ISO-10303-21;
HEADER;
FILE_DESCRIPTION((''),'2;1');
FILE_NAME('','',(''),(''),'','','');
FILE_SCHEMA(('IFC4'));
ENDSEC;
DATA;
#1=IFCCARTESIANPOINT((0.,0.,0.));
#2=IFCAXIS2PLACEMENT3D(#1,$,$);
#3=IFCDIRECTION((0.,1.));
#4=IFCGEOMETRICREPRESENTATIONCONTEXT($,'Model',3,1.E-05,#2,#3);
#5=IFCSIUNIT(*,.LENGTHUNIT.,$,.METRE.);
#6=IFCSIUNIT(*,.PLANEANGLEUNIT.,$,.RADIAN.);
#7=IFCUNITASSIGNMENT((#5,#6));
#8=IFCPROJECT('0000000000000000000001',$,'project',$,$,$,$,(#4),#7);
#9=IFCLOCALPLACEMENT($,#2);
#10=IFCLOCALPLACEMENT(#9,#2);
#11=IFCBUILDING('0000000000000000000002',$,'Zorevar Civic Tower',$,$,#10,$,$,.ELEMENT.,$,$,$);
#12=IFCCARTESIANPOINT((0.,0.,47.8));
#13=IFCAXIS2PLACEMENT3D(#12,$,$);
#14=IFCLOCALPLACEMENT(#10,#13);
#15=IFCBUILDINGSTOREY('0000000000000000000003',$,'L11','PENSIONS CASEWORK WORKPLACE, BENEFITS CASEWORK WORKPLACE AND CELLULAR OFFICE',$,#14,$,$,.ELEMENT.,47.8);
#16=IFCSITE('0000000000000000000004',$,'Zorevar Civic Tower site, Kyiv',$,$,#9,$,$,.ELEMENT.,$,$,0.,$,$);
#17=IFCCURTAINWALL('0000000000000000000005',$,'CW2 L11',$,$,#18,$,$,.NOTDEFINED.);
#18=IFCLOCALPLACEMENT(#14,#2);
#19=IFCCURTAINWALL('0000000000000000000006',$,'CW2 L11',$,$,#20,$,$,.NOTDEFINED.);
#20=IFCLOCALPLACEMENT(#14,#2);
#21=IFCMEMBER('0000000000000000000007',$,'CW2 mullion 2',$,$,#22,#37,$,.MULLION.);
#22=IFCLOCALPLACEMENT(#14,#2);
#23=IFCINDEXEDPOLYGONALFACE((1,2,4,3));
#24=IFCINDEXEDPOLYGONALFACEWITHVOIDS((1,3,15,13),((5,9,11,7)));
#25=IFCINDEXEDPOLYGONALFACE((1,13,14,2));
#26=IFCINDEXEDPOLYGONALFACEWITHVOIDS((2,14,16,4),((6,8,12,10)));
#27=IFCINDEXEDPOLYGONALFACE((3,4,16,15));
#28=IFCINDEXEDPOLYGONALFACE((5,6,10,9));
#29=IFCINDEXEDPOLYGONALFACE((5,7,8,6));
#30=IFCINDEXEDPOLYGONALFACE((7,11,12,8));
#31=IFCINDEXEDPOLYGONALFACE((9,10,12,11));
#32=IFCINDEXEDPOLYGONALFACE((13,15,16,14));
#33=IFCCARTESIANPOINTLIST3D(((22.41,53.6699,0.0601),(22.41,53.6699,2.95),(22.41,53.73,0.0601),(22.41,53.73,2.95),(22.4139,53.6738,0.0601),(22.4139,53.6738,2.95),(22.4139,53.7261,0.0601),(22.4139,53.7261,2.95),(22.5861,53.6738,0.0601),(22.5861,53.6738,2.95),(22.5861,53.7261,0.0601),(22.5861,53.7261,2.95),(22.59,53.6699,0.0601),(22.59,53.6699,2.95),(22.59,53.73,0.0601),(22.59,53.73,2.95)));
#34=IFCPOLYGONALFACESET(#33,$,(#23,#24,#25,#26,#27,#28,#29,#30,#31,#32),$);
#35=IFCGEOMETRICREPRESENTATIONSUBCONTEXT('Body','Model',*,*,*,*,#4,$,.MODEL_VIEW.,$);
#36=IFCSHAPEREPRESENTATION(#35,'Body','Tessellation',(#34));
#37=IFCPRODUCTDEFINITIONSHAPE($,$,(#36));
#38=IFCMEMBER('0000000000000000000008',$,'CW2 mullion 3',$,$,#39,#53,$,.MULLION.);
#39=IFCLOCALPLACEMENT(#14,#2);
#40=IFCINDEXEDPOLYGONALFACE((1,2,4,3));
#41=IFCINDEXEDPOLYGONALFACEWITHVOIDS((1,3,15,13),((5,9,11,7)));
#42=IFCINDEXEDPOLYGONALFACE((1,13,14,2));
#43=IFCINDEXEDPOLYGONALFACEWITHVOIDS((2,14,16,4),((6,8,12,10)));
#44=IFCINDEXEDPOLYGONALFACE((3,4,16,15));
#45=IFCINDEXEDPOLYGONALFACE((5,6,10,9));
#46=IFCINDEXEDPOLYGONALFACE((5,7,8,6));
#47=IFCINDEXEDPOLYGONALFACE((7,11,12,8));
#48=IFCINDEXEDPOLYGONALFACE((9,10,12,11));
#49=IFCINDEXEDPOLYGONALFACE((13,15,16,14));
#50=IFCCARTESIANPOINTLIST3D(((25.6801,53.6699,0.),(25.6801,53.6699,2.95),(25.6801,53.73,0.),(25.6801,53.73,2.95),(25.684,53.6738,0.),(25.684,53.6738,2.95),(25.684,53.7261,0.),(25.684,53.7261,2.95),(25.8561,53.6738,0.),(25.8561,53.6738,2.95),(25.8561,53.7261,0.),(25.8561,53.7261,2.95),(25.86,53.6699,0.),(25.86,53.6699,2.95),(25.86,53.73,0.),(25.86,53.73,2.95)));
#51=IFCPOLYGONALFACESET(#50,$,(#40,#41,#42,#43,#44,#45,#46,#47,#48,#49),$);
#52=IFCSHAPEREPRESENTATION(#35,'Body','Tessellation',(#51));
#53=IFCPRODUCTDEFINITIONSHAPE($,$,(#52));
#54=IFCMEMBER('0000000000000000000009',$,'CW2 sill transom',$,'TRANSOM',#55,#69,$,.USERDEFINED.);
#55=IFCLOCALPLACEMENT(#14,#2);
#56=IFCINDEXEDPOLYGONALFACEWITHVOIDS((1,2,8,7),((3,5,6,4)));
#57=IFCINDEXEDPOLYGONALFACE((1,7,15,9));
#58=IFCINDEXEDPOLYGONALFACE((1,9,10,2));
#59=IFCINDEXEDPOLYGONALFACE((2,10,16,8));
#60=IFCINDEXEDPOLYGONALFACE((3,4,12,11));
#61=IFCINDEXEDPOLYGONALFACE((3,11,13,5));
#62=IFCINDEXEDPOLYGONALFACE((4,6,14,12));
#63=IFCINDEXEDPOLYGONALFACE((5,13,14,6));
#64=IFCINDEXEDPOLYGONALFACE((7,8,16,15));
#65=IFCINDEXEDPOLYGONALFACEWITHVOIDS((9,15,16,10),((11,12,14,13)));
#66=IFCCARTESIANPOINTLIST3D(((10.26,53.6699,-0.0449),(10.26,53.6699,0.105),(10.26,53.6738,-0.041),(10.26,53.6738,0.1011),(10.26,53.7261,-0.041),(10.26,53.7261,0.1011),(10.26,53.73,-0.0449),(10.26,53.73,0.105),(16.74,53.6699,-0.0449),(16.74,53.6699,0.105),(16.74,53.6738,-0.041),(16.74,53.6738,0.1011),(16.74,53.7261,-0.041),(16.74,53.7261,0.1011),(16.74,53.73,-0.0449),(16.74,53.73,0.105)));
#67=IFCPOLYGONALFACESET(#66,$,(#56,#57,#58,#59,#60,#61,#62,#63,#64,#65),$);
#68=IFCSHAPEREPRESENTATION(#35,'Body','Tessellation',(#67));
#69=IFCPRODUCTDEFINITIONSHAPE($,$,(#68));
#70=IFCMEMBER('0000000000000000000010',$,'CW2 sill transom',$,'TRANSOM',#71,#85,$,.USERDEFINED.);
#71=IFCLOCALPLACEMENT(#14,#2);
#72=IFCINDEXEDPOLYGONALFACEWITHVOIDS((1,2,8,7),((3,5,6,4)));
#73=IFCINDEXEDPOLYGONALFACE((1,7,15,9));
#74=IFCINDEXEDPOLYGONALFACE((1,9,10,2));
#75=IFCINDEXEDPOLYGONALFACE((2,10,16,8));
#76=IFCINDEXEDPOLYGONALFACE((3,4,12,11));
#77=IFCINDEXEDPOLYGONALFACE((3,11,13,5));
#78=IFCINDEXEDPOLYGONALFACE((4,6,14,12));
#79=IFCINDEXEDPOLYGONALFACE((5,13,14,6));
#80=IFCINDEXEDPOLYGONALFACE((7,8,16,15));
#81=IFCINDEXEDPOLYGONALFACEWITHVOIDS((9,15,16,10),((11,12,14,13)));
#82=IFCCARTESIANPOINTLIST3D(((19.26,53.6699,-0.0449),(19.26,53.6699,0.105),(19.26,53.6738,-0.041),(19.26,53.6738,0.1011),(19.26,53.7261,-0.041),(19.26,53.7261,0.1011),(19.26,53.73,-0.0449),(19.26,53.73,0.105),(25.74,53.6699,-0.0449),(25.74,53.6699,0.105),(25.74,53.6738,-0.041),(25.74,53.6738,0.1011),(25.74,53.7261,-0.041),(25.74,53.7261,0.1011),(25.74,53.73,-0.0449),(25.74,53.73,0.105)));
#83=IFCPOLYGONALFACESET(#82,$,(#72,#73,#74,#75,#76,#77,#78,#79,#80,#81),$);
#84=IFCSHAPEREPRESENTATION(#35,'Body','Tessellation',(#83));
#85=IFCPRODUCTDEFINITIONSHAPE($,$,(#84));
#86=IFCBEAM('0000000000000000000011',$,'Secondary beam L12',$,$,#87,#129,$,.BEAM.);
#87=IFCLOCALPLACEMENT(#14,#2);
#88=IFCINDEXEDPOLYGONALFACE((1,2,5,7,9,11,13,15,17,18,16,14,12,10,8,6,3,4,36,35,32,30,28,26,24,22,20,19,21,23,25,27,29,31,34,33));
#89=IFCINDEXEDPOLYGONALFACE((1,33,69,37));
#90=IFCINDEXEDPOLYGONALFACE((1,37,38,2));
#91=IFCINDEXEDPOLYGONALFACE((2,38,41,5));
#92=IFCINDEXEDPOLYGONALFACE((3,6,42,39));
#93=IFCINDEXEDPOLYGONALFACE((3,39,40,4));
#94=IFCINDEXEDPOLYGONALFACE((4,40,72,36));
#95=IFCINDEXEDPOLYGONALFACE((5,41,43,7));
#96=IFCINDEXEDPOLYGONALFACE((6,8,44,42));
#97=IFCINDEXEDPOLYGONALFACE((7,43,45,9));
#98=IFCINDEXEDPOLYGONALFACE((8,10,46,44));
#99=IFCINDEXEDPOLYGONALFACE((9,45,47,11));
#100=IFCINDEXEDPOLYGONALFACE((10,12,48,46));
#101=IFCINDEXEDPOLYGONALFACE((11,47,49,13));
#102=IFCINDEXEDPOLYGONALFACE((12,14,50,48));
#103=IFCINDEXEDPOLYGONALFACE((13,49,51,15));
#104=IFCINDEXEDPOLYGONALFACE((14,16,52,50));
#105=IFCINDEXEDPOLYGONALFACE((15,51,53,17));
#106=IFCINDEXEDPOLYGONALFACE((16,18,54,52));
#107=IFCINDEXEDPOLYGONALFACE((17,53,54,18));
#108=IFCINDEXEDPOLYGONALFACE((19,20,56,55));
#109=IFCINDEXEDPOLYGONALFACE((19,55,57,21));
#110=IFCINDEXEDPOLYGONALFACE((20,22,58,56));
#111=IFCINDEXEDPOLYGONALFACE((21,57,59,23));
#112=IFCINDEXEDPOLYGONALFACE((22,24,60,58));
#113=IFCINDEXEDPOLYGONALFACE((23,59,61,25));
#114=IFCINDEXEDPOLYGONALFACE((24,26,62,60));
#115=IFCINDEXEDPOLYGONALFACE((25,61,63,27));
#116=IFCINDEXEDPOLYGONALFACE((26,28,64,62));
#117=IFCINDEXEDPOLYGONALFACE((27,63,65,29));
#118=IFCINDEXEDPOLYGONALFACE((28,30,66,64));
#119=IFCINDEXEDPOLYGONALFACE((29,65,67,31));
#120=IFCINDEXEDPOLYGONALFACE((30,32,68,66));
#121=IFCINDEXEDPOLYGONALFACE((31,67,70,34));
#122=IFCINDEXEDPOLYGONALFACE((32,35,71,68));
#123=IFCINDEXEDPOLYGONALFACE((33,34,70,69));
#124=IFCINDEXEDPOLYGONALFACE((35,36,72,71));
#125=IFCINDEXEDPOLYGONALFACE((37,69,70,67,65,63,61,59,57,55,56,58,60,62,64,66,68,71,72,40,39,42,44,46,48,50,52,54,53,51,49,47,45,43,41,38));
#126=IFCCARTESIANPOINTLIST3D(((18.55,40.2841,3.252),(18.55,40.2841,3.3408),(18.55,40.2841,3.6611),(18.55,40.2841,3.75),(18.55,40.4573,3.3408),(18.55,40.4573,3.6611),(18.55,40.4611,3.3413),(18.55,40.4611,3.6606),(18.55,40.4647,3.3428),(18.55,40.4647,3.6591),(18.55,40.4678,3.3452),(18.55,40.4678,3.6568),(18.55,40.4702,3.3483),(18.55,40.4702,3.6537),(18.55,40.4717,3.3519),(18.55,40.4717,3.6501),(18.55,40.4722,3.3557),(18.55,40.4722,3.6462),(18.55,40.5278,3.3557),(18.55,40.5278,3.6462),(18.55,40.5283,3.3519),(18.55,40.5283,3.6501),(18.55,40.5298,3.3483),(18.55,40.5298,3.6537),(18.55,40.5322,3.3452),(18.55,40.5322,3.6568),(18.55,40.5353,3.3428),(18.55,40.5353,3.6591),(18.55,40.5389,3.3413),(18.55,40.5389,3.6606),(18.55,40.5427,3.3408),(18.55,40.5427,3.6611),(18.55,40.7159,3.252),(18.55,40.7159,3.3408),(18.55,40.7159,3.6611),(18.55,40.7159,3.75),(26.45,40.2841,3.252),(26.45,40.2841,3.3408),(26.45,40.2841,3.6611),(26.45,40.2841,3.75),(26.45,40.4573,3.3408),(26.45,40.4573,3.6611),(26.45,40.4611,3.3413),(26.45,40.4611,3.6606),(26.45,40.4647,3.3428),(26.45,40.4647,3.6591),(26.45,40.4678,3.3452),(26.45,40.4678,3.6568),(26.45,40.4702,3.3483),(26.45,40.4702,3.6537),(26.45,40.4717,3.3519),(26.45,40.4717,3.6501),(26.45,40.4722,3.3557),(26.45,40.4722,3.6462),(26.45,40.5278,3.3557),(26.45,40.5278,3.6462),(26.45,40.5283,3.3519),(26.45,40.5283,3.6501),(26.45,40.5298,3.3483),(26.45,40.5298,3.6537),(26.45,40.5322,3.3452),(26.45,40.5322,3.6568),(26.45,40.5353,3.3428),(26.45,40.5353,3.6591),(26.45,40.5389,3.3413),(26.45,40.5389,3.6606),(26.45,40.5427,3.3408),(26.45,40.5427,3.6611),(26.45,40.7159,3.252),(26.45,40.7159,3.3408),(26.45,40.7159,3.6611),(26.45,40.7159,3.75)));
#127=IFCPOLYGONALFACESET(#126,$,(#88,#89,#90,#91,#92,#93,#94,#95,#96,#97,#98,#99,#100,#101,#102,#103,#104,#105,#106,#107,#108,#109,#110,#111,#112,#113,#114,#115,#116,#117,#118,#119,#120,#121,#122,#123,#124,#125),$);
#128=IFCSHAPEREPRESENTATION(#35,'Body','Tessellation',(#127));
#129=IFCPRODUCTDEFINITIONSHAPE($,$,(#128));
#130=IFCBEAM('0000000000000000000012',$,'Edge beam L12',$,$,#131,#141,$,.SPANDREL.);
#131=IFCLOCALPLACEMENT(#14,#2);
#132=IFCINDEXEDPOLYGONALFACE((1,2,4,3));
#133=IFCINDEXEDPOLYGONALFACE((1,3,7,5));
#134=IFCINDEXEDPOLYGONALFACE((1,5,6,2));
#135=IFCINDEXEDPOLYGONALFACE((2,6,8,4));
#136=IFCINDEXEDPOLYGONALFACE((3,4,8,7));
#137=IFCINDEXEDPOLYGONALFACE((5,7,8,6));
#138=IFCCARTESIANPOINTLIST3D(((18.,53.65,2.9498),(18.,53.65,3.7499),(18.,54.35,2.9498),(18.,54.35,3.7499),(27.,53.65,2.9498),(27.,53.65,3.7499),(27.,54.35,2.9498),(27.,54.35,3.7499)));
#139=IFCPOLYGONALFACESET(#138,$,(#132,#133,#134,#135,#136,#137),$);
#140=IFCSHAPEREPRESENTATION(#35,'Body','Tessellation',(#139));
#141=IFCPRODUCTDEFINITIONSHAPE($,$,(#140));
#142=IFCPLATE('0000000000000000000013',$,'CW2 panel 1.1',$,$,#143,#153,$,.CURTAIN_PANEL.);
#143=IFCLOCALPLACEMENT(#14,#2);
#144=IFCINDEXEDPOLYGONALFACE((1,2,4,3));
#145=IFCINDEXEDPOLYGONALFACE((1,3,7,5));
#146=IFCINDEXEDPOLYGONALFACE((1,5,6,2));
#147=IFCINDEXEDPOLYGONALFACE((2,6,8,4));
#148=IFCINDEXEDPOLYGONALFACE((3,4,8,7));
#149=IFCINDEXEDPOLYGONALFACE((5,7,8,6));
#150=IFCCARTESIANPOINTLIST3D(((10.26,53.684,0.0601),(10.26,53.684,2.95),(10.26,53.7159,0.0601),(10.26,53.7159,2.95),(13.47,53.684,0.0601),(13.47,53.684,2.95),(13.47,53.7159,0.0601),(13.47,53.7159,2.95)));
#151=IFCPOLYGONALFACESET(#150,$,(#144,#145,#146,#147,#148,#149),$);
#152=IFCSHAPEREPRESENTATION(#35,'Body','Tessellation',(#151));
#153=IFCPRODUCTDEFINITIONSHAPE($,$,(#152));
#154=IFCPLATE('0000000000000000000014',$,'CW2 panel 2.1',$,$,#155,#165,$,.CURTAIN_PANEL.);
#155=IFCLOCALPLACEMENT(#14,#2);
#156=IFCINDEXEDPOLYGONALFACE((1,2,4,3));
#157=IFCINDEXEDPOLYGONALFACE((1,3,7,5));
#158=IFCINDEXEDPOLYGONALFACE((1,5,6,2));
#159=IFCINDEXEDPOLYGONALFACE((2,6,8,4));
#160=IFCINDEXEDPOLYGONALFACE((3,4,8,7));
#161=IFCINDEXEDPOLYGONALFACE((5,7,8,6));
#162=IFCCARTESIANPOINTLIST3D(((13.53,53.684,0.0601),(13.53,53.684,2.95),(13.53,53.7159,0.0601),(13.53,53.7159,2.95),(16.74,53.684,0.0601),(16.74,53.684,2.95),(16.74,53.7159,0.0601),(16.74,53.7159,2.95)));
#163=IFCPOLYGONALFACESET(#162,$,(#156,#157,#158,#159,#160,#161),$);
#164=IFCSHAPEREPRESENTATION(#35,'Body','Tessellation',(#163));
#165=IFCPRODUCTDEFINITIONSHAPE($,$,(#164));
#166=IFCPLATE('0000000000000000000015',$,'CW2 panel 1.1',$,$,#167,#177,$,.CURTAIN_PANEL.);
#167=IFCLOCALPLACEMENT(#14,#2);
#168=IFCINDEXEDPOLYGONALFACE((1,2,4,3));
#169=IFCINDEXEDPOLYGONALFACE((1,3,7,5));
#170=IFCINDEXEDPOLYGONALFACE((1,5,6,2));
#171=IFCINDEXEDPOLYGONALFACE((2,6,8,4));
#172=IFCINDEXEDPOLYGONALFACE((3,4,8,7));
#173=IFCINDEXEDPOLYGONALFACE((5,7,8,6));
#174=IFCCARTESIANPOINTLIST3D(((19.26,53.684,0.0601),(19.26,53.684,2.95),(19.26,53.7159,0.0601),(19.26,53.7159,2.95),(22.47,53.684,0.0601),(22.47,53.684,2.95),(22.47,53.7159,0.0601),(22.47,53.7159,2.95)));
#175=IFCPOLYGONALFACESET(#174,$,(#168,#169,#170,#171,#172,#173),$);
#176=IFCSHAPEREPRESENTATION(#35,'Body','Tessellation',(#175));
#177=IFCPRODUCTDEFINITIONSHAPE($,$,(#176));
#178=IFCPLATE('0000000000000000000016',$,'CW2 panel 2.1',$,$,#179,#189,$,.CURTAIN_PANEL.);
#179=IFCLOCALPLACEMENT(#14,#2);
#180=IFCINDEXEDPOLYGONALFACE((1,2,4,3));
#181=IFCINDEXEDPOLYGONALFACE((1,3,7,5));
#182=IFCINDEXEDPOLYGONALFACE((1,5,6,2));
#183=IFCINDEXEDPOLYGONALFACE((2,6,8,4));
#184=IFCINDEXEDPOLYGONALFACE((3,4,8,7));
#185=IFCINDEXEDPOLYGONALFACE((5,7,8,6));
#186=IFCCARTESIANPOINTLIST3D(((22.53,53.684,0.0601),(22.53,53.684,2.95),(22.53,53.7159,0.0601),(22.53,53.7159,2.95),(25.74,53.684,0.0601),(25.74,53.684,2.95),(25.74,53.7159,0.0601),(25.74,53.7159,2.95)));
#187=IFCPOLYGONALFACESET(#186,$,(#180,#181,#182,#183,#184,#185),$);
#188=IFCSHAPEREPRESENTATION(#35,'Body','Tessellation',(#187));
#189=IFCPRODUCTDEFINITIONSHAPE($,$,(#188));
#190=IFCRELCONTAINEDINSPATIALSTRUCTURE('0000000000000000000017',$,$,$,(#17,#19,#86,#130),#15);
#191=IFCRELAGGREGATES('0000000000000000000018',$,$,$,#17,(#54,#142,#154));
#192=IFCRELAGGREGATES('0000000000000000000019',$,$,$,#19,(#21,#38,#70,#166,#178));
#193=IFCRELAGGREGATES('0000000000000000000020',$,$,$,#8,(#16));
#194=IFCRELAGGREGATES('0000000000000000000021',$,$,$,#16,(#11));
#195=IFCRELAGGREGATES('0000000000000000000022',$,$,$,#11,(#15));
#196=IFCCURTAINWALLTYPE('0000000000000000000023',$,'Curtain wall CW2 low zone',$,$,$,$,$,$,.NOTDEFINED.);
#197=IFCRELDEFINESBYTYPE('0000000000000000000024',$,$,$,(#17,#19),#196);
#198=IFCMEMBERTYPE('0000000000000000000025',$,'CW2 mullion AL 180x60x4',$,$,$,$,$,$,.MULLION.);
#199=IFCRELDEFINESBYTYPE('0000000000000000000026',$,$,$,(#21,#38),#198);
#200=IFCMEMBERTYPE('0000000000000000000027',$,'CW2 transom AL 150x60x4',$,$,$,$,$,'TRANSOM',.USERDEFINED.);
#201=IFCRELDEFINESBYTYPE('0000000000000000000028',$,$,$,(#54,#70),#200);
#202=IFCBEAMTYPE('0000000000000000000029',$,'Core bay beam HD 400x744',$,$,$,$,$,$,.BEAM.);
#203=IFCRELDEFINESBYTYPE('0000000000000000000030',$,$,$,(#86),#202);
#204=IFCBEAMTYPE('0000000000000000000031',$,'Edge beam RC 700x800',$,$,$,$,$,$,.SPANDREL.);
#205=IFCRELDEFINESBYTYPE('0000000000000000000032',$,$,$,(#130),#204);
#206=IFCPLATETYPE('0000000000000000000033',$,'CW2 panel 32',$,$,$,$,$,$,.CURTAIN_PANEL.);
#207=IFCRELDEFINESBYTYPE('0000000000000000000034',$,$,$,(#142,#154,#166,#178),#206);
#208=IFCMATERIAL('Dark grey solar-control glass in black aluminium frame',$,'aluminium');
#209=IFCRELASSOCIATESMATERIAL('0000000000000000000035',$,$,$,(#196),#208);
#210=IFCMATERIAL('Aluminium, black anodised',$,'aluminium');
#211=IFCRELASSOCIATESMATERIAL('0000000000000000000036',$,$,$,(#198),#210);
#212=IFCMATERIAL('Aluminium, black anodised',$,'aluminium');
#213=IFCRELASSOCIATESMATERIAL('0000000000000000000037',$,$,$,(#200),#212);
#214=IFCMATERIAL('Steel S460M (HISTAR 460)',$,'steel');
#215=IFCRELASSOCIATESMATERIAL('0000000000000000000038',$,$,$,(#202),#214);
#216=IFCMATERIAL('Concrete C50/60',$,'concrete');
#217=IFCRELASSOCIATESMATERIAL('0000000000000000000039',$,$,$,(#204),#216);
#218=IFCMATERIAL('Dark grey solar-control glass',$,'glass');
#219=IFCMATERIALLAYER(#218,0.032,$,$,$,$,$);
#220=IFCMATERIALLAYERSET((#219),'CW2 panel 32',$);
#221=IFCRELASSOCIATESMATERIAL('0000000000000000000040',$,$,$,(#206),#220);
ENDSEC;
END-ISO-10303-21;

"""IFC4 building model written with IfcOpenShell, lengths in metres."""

from ifc_helpers import new_model, si_unit, direction, frame, origin, origin_2d, place, context, subcontext, project, spatial, rectangle, hollow_rectangle, i_section, extrude, material, layer, layer_set, material_profile, profile_set, type_object, element, aggregate, save


model = new_model("IFC4")

# Units and contexts
model_context = context("Model", 3, precision=1e-05, world=origin(), true_north=direction((0.0, 1.0)))
body_context = subcontext(model_context, "Body", "Model", "MODEL_VIEW")
ifc_project = project(units=[si_unit("LENGTHUNIT", "METRE"), si_unit("PLANEANGLEUNIT", "RADIAN")], contexts=[model_context])

# Site, building, storey
site_placement = place(None, origin())
site = spatial("IfcSite", under=ifc_project, at=site_placement, Name="Zorevar Civic Tower site, Kyiv", CompositionType="ELEMENT", RefElevation=0.0)
building_placement = place(site_placement, origin())
building = spatial("IfcBuilding", under=site, at=building_placement, Name="Zorevar Civic Tower", CompositionType="ELEMENT")
storey_placement = place(building_placement, frame((0.0, 0.0, 47.8)))
storey = spatial("IfcBuildingStorey", under=building, at=storey_placement, Name="L11", Description="PENSIONS CASEWORK WORKPLACE, BENEFITS CASEWORK WORKPLACE AND CELLULAR OFFICE", CompositionType="ELEMENT", Elevation=47.8)

# Curtain walls, members
ifc_material_1 = material(Name="Dark grey solar-control glass in black aluminium frame", Category="aluminium")
curtain_wall_type = type_object("IfcCurtainWallType", Name="Curtain wall CW2 low zone", PredefinedType="NOTDEFINED", material=ifc_material_1)
curtain_wall_1_placement = place(storey_placement, origin())
curtain_wall_1 = element("IfcCurtainWall", 1, at=curtain_wall_1_placement, inside=storey, type_object=curtain_wall_type, Name="CW2 L11", PredefinedType="NOTDEFINED")
ifc_material_2 = material(Name="Aluminium, black anodised", Category="aluminium")
ifc_material_profile_1 = material_profile(ifc_material_2, hollow_rectangle(XDim=0.0601, YDim=0.1799, WallThickness=0.0039, at=origin_2d()), Name="AL 180x60x4")
ifc_profile_set_1 = profile_set([ifc_material_profile_1], Name="Aluminium, black anodised")
member_type_1 = type_object("IfcMemberType", Name="CW2 mullion AL 180x60x4", PredefinedType="MULLION", material=ifc_profile_set_1)
curtain_wall_2_placement = place(storey_placement, origin())
curtain_wall_2 = element("IfcCurtainWall", 2, at=curtain_wall_2_placement, inside=storey, type_object=curtain_wall_type, Name="CW2 L11", PredefinedType="NOTDEFINED")
member_1_placement = place(storey_placement, frame((22.5, 53.7, 0.0601), z_axis=(0.0, 0.0, 1.0), x_axis=(0.0, 1.0, 0.0)))
member_1 = element("IfcMember", 3, at=member_1_placement, type_object=member_type_1, Name="CW2 mullion 2", PredefinedType="MULLION", context=body_context, shape_type="SweptSolid", body=[
    extrude(hollow_rectangle(XDim=0.0601, YDim=0.1799, WallThickness=0.0039, at=origin_2d()), origin(), (0.0, 0.0, 1.0), 2.8899),
])
member_2_placement = place(storey_placement, frame((25.77, 53.7, 0.0), z_axis=(0.0, 0.0, 1.0), x_axis=(0.0, 1.0, 0.0)))
member_2 = element("IfcMember", 4, at=member_2_placement, type_object=member_type_1, Name="CW2 mullion 3", PredefinedType="MULLION", context=body_context, shape_type="SweptSolid", body=[
    extrude(hollow_rectangle(XDim=0.0601, YDim=0.1799, WallThickness=0.0039, at=origin_2d()), origin(), (0.0, 0.0, 1.0), 2.95),
])

# Members
ifc_material_3 = material(Name="Aluminium, black anodised", Category="aluminium")
ifc_material_profile_2 = material_profile(ifc_material_3, hollow_rectangle(XDim=0.0601, YDim=0.1499, WallThickness=0.0039, at=origin_2d()), Name="AL 150x60x4")
ifc_profile_set_2 = profile_set([ifc_material_profile_2], Name="Aluminium, black anodised")
member_type_2 = type_object("IfcMemberType", Name="CW2 transom AL 150x60x4", ElementType="TRANSOM", PredefinedType="USERDEFINED", material=ifc_profile_set_2)
member_3_placement = place(storey_placement, frame((10.26, 53.7, 0.03), z_axis=(1.0, 0.0, 0.0), x_axis=(0.0, 1.0, 0.0)))
member_3 = element("IfcMember", 5, at=member_3_placement, type_object=member_type_2, Name="CW2 sill transom", ObjectType="TRANSOM", PredefinedType="USERDEFINED", context=body_context, shape_type="SweptSolid", body=[
    extrude(hollow_rectangle(XDim=0.0601, YDim=0.1499, WallThickness=0.0039, at=origin_2d()), origin(), (0.0, 0.0, 1.0), 6.48),
])
member_4_placement = place(storey_placement, frame((19.26, 53.7, 0.03), z_axis=(1.0, 0.0, 0.0), x_axis=(0.0, 1.0, 0.0)))
member_4 = element("IfcMember", 6, at=member_4_placement, type_object=member_type_2, Name="CW2 sill transom", ObjectType="TRANSOM", PredefinedType="USERDEFINED", context=body_context, shape_type="SweptSolid", body=[
    extrude(hollow_rectangle(XDim=0.0601, YDim=0.1499, WallThickness=0.0039, at=origin_2d()), origin(), (0.0, 0.0, 1.0), 6.48),
])

# Beams
ifc_material_4 = material(Name="Steel S460M (HISTAR 460)", Category="steel")
ifc_material_profile_3 = material_profile(ifc_material_4, i_section(OverallWidth=0.4319, OverallDepth=0.498, WebThickness=0.0557, FlangeThickness=0.0889, FilletRadius=0.0149, at=origin_2d()), Name="HD 400x744")
ifc_profile_set_3 = profile_set([ifc_material_profile_3], Name="Steel S460M (HISTAR 460)")
beam_type_1 = type_object("IfcBeamType", Name="Core bay beam HD 400x744", PredefinedType="BEAM", material=ifc_profile_set_3)
beam_1_placement = place(storey_placement, frame((18.55, 40.5, 3.501), z_axis=(1.0, 0.0, 0.0), x_axis=(0.0, 1.0, 0.0)))
element("IfcBeam", 7, at=beam_1_placement, inside=storey, type_object=beam_type_1, Name="Secondary beam L12", PredefinedType="BEAM", context=body_context, shape_type="SweptSolid", body=[
    extrude(i_section(OverallWidth=0.4319, OverallDepth=0.498, WebThickness=0.0557, FlangeThickness=0.0889, FilletRadius=0.0149, at=origin_2d()), origin(), (0.0, 0.0, 1.0), 7.8999),
])
ifc_material_5 = material(Name="Concrete C50/60", Category="concrete")
ifc_material_profile_4 = material_profile(ifc_material_5, rectangle(XDim=0.7, YDim=0.8, at=origin_2d()), Name="RC 700x800")
ifc_profile_set_4 = profile_set([ifc_material_profile_4], Name="Concrete C50/60")
beam_type_2 = type_object("IfcBeamType", Name="Edge beam RC 700x800", PredefinedType="SPANDREL", material=ifc_profile_set_4)
beam_2_placement = place(storey_placement, frame((18.0, 54.0, 3.3499), z_axis=(1.0, 0.0, 0.0), x_axis=(0.0, 1.0, 0.0)))
element("IfcBeam", 8, at=beam_2_placement, inside=storey, type_object=beam_type_2, Name="Edge beam L12", PredefinedType="SPANDREL", context=body_context, shape_type="SweptSolid", body=[
    extrude(rectangle(XDim=0.7, YDim=0.8, at=origin_2d()), origin(), (0.0, 0.0, 1.0), 9.0),
])

# Plates
ifc_material_6 = material(Name="Dark grey solar-control glass", Category="glass")
ifc_layer_1 = layer(ifc_material_6, 0.032)
ifc_layer_set_1 = layer_set([ifc_layer_1], Name="CW2 panel 32")
plate_type = type_object("IfcPlateType", Name="CW2 panel 32", PredefinedType="CURTAIN_PANEL", material=ifc_layer_set_1)
plate_1_placement = place(storey_placement, frame((11.865, 53.7, 0.0601), z_axis=(0.0, 0.0, 1.0), x_axis=(1.0, 0.0, 0.0)))
plate_1 = element("IfcPlate", 9, at=plate_1_placement, type_object=plate_type, Name="CW2 panel 1.1", PredefinedType="CURTAIN_PANEL", context=body_context, shape_type="SweptSolid", body=[
    extrude(rectangle(XDim=3.21, YDim=0.032, at=origin_2d()), origin(), (0.0, 0.0, 1.0), 2.8899),
])
plate_2_placement = place(storey_placement, frame((15.135, 53.7, 0.0601), z_axis=(0.0, 0.0, 1.0), x_axis=(1.0, 0.0, 0.0)))
plate_2 = element("IfcPlate", 10, at=plate_2_placement, type_object=plate_type, Name="CW2 panel 2.1", PredefinedType="CURTAIN_PANEL", context=body_context, shape_type="SweptSolid", body=[
    extrude(rectangle(XDim=3.21, YDim=0.032, at=origin_2d()), origin(), (0.0, 0.0, 1.0), 2.8899),
])
aggregate(curtain_wall_1, [member_3, plate_1, plate_2])
plate_3_placement = place(storey_placement, frame((20.865, 53.7, 0.0601), z_axis=(0.0, 0.0, 1.0), x_axis=(1.0, 0.0, 0.0)))
plate_3 = element("IfcPlate", 11, at=plate_3_placement, type_object=plate_type, Name="CW2 panel 1.1", PredefinedType="CURTAIN_PANEL", context=body_context, shape_type="SweptSolid", body=[
    extrude(rectangle(XDim=3.21, YDim=0.032, at=origin_2d()), origin(), (0.0, 0.0, 1.0), 2.8899),
])
plate_4_placement = place(storey_placement, frame((24.135, 53.7, 0.0601), z_axis=(0.0, 0.0, 1.0), x_axis=(1.0, 0.0, 0.0)))
plate_4 = element("IfcPlate", 12, at=plate_4_placement, type_object=plate_type, Name="CW2 panel 2.1", PredefinedType="CURTAIN_PANEL", context=body_context, shape_type="SweptSolid", body=[
    extrude(rectangle(XDim=3.21, YDim=0.032, at=origin_2d()), origin(), (0.0, 0.0, 1.0), 2.8899),
])
aggregate(curtain_wall_2, [member_1, member_2, member_4, plate_3, plate_4])

save(model, "model.ifc")
